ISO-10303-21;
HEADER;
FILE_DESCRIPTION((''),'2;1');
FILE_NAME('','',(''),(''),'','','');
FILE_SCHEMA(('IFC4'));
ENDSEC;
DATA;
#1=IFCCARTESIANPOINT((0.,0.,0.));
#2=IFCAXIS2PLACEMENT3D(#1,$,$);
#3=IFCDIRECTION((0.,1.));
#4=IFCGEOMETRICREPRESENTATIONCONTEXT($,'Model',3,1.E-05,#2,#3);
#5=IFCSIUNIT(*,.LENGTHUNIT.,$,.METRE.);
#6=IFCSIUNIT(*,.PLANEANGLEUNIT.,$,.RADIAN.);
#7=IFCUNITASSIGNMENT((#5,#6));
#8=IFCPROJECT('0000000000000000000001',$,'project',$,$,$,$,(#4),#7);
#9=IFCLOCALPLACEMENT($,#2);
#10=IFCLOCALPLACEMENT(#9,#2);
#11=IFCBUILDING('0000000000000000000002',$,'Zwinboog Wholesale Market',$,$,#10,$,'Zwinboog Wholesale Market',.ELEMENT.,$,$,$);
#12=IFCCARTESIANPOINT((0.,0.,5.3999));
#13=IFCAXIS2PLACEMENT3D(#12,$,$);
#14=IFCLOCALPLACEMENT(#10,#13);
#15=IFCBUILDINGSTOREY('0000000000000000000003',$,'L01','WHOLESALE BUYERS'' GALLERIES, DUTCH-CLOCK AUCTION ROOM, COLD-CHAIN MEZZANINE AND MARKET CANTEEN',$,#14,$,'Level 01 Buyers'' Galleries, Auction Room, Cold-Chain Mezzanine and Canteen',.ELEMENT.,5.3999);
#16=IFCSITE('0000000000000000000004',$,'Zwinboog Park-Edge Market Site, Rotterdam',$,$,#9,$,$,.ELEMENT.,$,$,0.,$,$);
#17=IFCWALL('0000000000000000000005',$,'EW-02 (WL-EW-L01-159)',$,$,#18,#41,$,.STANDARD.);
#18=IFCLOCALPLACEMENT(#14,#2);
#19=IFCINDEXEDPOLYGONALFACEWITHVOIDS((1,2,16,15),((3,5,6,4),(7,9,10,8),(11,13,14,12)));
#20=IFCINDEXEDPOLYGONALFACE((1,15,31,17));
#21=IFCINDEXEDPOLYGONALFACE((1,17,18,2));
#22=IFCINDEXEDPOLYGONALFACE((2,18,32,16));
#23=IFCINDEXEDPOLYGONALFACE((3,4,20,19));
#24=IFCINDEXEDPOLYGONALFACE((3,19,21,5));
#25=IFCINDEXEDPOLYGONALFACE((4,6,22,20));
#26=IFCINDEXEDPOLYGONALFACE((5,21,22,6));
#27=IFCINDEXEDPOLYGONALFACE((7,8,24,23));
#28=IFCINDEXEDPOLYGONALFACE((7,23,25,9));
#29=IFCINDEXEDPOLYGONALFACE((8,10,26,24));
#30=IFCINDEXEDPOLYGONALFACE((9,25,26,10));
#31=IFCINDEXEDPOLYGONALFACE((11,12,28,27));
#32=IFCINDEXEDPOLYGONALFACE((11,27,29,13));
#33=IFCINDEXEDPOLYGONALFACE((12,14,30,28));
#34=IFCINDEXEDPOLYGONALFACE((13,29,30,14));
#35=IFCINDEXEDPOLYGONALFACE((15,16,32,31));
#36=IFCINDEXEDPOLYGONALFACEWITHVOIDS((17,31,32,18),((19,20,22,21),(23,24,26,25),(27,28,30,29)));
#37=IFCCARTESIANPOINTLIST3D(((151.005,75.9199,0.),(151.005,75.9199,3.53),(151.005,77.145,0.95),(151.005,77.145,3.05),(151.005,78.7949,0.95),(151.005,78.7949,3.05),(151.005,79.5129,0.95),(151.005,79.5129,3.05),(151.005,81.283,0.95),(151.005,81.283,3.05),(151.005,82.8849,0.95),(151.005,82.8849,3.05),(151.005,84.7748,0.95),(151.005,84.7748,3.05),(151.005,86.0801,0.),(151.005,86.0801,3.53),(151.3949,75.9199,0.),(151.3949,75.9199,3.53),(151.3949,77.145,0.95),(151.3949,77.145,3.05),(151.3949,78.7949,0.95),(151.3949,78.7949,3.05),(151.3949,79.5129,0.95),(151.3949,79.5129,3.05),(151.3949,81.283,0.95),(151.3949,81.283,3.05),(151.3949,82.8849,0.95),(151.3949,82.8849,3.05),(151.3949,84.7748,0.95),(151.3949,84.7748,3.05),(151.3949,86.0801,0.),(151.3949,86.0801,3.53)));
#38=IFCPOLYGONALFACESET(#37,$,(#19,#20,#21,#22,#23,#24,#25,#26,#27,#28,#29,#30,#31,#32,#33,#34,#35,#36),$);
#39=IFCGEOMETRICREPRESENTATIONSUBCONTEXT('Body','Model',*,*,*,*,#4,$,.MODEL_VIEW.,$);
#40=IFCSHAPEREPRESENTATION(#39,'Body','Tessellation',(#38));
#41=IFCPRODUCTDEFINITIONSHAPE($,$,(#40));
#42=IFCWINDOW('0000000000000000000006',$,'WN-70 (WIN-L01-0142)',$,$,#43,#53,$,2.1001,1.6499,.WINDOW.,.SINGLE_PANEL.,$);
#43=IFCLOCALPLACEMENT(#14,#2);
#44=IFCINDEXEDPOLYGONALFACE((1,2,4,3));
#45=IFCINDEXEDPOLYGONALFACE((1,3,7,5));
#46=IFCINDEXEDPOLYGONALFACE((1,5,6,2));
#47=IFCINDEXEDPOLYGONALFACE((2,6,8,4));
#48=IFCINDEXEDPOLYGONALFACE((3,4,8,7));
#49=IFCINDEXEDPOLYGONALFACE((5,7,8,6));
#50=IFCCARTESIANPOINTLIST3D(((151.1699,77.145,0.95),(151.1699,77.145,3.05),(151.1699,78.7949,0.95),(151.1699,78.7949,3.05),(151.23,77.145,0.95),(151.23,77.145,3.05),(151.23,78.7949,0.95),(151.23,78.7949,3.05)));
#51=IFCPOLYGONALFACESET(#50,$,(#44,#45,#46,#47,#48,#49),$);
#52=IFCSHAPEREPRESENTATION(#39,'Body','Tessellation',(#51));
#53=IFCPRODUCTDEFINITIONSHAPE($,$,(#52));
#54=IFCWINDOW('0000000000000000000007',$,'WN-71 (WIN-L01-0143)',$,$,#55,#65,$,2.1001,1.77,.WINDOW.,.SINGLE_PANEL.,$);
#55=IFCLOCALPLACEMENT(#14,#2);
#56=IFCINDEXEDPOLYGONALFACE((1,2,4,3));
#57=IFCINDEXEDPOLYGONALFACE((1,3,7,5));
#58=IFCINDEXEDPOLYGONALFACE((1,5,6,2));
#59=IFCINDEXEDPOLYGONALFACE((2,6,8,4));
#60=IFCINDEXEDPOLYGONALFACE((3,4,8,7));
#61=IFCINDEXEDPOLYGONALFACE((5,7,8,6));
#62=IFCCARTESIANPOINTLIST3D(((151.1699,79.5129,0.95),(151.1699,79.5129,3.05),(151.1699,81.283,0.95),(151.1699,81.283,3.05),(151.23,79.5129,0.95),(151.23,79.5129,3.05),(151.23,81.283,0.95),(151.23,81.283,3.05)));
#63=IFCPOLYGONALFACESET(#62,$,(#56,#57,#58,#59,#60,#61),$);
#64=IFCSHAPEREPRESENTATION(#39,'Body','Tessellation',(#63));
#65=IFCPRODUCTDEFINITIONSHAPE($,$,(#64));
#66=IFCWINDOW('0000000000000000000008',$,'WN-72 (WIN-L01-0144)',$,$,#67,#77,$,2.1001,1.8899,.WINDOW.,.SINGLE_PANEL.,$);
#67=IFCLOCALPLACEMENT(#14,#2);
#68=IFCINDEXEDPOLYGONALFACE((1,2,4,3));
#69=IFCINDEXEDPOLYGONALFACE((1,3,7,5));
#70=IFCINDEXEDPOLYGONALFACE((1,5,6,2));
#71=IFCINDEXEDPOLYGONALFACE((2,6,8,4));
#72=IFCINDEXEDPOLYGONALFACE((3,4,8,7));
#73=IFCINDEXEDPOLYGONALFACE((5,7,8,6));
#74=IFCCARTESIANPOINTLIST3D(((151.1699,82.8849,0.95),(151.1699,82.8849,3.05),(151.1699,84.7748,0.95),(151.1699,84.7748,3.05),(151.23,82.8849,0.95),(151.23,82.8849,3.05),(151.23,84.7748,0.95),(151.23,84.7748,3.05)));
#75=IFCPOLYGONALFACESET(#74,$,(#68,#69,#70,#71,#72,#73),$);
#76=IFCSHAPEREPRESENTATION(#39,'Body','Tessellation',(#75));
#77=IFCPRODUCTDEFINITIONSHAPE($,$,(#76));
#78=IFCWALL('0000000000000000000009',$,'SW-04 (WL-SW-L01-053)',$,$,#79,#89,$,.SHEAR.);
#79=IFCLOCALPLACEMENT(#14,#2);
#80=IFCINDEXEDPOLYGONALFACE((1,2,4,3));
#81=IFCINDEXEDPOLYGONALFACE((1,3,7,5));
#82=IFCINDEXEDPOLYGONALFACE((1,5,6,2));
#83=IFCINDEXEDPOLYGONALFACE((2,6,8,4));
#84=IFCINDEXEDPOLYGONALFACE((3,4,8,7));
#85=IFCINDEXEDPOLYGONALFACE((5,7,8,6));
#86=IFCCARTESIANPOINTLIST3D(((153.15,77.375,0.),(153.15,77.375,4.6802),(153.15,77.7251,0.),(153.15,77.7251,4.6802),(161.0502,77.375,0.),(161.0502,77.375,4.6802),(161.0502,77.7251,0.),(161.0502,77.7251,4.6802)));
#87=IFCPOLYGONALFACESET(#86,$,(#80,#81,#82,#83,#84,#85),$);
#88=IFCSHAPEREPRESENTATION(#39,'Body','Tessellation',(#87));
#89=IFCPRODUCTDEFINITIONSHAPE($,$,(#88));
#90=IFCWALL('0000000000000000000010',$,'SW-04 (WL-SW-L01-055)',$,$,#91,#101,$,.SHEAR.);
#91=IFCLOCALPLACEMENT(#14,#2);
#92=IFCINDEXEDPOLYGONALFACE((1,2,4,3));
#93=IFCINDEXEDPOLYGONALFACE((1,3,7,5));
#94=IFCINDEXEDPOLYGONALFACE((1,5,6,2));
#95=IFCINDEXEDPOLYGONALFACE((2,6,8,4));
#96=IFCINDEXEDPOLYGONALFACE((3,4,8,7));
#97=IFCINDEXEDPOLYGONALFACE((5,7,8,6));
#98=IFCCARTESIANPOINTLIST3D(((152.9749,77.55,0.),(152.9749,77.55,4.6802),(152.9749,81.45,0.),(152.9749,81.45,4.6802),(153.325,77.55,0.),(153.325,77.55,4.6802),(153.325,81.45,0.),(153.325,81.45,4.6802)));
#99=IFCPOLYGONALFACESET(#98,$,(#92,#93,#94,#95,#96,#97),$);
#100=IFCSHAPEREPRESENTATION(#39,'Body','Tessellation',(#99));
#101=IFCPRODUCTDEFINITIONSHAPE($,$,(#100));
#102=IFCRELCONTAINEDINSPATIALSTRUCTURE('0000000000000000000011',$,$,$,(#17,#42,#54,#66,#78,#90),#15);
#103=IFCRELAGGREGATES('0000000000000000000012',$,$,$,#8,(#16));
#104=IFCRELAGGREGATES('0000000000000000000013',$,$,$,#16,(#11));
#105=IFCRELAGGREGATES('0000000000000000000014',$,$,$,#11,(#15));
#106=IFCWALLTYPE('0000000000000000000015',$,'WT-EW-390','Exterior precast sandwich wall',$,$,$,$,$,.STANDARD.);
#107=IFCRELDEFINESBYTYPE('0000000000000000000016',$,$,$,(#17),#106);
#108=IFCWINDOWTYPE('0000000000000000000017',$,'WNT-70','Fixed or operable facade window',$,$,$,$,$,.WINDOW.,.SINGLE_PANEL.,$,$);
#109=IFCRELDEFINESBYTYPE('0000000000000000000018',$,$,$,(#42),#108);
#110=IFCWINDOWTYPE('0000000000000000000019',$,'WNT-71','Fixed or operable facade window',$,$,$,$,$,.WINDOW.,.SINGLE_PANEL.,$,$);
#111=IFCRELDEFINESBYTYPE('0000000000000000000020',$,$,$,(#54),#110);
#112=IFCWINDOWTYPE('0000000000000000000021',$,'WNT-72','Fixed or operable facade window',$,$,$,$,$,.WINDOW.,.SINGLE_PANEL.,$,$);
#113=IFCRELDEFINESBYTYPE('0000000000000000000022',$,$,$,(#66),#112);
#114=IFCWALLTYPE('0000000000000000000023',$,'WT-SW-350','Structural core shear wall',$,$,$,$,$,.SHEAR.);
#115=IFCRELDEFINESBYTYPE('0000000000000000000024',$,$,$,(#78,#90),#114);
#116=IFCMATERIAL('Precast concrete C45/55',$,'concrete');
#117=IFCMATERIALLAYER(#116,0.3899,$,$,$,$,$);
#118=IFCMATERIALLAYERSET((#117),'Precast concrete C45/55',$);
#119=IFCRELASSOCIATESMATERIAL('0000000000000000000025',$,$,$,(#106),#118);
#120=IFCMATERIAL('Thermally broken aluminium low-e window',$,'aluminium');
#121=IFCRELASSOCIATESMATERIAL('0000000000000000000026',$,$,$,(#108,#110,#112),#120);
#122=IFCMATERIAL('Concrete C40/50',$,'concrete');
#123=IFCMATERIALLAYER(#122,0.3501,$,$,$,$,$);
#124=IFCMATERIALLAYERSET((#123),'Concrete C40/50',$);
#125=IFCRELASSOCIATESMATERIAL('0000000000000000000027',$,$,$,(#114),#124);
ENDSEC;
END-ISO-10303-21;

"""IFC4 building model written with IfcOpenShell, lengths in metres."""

from ifc_helpers import new_model, si_unit, direction, frame, frame_2d, origin, place, context, subcontext, project, spatial, rectangle, extrude, material, layer, layer_set, type_object, element, fill, save


model = new_model("IFC4")

# Units and contexts
model_context = context("Model", 3, precision=1e-05, world=origin(), true_north=direction((0.0, 1.0)))
body_context = subcontext(model_context, "Body", "Model", "MODEL_VIEW")
ifc_project = project(units=[si_unit("LENGTHUNIT", "METRE"), si_unit("PLANEANGLEUNIT", "RADIAN")], contexts=[model_context])

# Site, building, storey
site_placement = place(None, origin())
site = spatial("IfcSite", under=ifc_project, at=site_placement, Name="Zwinboog Park-Edge Market Site, Rotterdam", CompositionType="ELEMENT", RefElevation=0.0)
building_placement = place(site_placement, origin())
building = spatial("IfcBuilding", under=site, at=building_placement, Name="Zwinboog Wholesale Market", LongName="Zwinboog Wholesale Market", CompositionType="ELEMENT")
storey_placement = place(building_placement, frame((0.0, 0.0, 5.3999)))
storey = spatial("IfcBuildingStorey", under=building, at=storey_placement, Name="L01", Description="WHOLESALE BUYERS' GALLERIES, DUTCH-CLOCK AUCTION ROOM, COLD-CHAIN MEZZANINE AND MARKET CANTEEN", LongName="Level 01 Buyers' Galleries, Auction Room, Cold-Chain Mezzanine and Canteen", CompositionType="ELEMENT", Elevation=5.3999)

# Shared definitions
ifc_material_1 = material(Name="Precast concrete C45/55", Category="concrete")

# Wall, openings, windows
ifc_layer_1 = layer(ifc_material_1, 0.3899)
ifc_layer_set_1 = layer_set([ifc_layer_1], Name="Precast concrete C45/55")
wall_type_1 = type_object("IfcWallType", Name="WT-EW-390", Description="Exterior precast sandwich wall", PredefinedType="STANDARD", material=ifc_layer_set_1)
wall_1_placement = place(storey_placement, frame((151.2, 75.9199, 0.0), z_axis=(0.0, 0.0, 1.0), x_axis=(0.0, 1.0, 0.0)))
wall_1 = element("IfcWall", 1, at=wall_1_placement, inside=storey, type_object=wall_type_1, Name="EW-02 (WL-EW-L01-159)", PredefinedType="STANDARD", context=body_context, shape_type="SweptSolid", body=[
    extrude(rectangle(XDim=10.1602, YDim=0.3899, at=frame_2d((5.0801, 0.0))), origin(), (0.0, 0.0, 1.0), 3.53),
])
opening_1_placement = place(wall_1_placement, frame((1.2251, 0.0, 0.95)))
opening_1 = element("IfcOpeningElement", 2, at=opening_1_placement, cuts=wall_1, PredefinedType="OPENING", context=body_context, shape_type="SweptSolid", body=[
    extrude(rectangle(XDim=1.6499, YDim=2.1001, at=frame_2d((0.825, 1.05))), frame((0.0, 0.2048, 0.0), z_axis=(0.0, -1.0, 0.0), x_axis=(1.0, 0.0, 0.0)), (0.0, 0.0, 1.0), 0.4099),
])
opening_2_placement = place(wall_1_placement, frame((3.593, 0.0, 0.95)))
opening_2 = element("IfcOpeningElement", 3, at=opening_2_placement, cuts=wall_1, PredefinedType="OPENING", context=body_context, shape_type="SweptSolid", body=[
    extrude(rectangle(XDim=1.77, YDim=2.1001, at=frame_2d((0.885, 1.05))), frame((0.0, 0.2048, 0.0), z_axis=(0.0, -1.0, 0.0), x_axis=(1.0, 0.0, 0.0)), (0.0, 0.0, 1.0), 0.4099),
])
opening_3_placement = place(wall_1_placement, frame((6.9651, 0.0, 0.95)))
opening_3 = element("IfcOpeningElement", 4, at=opening_3_placement, cuts=wall_1, PredefinedType="OPENING", context=body_context, shape_type="SweptSolid", body=[
    extrude(rectangle(XDim=1.8899, YDim=2.1001, at=frame_2d((0.9448, 1.05))), frame((0.0, 0.2048, 0.0), z_axis=(0.0, -1.0, 0.0), x_axis=(1.0, 0.0, 0.0)), (0.0, 0.0, 1.0), 0.4099),
])
ifc_material_2 = material(Name="Thermally broken aluminium low-e window", Category="aluminium")
window_type_1 = type_object("IfcWindowType", Name="WNT-70", Description="Fixed or operable facade window", PartitioningType="SINGLE_PANEL", PredefinedType="WINDOW", material=ifc_material_2)
window_1_placement = place(opening_1_placement, origin())
window_1 = element("IfcWindow", 5, at=window_1_placement, inside=storey, type_object=window_type_1, Name="WN-70 (WIN-L01-0142)", OverallHeight=2.1001, OverallWidth=1.6499, PartitioningType="SINGLE_PANEL", PredefinedType="WINDOW", context=body_context, shape_type="SweptSolid", body=[
    extrude(rectangle(XDim=1.6499, YDim=2.1001, at=frame_2d((0.825, 1.05))), frame((0.0, 0.03, 0.0), z_axis=(0.0, -1.0, 0.0), x_axis=(1.0, 0.0, 0.0)), (0.0, 0.0, 1.0), 0.0601),
])
fill(opening_1, window_1)
window_type_2 = type_object("IfcWindowType", Name="WNT-71", Description="Fixed or operable facade window", PartitioningType="SINGLE_PANEL", PredefinedType="WINDOW", material=ifc_material_2)
window_2_placement = place(opening_2_placement, origin())
window_2 = element("IfcWindow", 6, at=window_2_placement, inside=storey, type_object=window_type_2, Name="WN-71 (WIN-L01-0143)", OverallHeight=2.1001, OverallWidth=1.77, PartitioningType="SINGLE_PANEL", PredefinedType="WINDOW", context=body_context, shape_type="SweptSolid", body=[
    extrude(rectangle(XDim=1.77, YDim=2.1001, at=frame_2d((0.885, 1.05))), frame((0.0, 0.03, 0.0), z_axis=(0.0, -1.0, 0.0), x_axis=(1.0, 0.0, 0.0)), (0.0, 0.0, 1.0), 0.0601),
])
fill(opening_2, window_2)
window_type_3 = type_object("IfcWindowType", Name="WNT-72", Description="Fixed or operable facade window", PartitioningType="SINGLE_PANEL", PredefinedType="WINDOW", material=ifc_material_2)
window_3_placement = place(opening_3_placement, origin())
window_3 = element("IfcWindow", 7, at=window_3_placement, inside=storey, type_object=window_type_3, Name="WN-72 (WIN-L01-0144)", OverallHeight=2.1001, OverallWidth=1.8899, PartitioningType="SINGLE_PANEL", PredefinedType="WINDOW", context=body_context, shape_type="SweptSolid", body=[
    extrude(rectangle(XDim=1.8899, YDim=2.1001, at=frame_2d((0.9448, 1.05))), frame((0.0, 0.03, 0.0), z_axis=(0.0, -1.0, 0.0), x_axis=(1.0, 0.0, 0.0)), (0.0, 0.0, 1.0), 0.0601),
])
fill(opening_3, window_3)

# Walls
ifc_material_3 = material(Name="Concrete C40/50", Category="concrete")
ifc_layer_2 = layer(ifc_material_3, 0.3501)
ifc_layer_set_2 = layer_set([ifc_layer_2], Name="Concrete C40/50")
wall_type_2 = type_object("IfcWallType", Name="WT-SW-350", Description="Structural core shear wall", PredefinedType="SHEAR", material=ifc_layer_set_2)
wall_2_placement = place(storey_placement, frame((153.1499, 77.55, 0.0), z_axis=(0.0, 0.0, 1.0), x_axis=(1.0, 0.0, 0.0)))
element("IfcWall", 8, at=wall_2_placement, inside=storey, type_object=wall_type_2, Name="SW-04 (WL-SW-L01-053)", PredefinedType="SHEAR", context=body_context, shape_type="SweptSolid", body=[
    extrude(rectangle(XDim=7.9001, YDim=0.3501, at=frame_2d((3.9502, 0.0))), origin(), (0.0, 0.0, 1.0), 4.6802),
])
wall_3_placement = place(storey_placement, frame((153.1499, 77.55, 0.0), z_axis=(0.0, 0.0, 1.0), x_axis=(0.0, 1.0, 0.0)))
element("IfcWall", 9, at=wall_3_placement, inside=storey, type_object=wall_type_2, Name="SW-04 (WL-SW-L01-055)", PredefinedType="SHEAR", context=body_context, shape_type="SweptSolid", body=[
    extrude(rectangle(XDim=3.8999, YDim=0.3501, at=frame_2d((1.95, 0.0))), origin(), (0.0, 0.0, 1.0), 4.6802),
])

save(model, "model.ifc")
